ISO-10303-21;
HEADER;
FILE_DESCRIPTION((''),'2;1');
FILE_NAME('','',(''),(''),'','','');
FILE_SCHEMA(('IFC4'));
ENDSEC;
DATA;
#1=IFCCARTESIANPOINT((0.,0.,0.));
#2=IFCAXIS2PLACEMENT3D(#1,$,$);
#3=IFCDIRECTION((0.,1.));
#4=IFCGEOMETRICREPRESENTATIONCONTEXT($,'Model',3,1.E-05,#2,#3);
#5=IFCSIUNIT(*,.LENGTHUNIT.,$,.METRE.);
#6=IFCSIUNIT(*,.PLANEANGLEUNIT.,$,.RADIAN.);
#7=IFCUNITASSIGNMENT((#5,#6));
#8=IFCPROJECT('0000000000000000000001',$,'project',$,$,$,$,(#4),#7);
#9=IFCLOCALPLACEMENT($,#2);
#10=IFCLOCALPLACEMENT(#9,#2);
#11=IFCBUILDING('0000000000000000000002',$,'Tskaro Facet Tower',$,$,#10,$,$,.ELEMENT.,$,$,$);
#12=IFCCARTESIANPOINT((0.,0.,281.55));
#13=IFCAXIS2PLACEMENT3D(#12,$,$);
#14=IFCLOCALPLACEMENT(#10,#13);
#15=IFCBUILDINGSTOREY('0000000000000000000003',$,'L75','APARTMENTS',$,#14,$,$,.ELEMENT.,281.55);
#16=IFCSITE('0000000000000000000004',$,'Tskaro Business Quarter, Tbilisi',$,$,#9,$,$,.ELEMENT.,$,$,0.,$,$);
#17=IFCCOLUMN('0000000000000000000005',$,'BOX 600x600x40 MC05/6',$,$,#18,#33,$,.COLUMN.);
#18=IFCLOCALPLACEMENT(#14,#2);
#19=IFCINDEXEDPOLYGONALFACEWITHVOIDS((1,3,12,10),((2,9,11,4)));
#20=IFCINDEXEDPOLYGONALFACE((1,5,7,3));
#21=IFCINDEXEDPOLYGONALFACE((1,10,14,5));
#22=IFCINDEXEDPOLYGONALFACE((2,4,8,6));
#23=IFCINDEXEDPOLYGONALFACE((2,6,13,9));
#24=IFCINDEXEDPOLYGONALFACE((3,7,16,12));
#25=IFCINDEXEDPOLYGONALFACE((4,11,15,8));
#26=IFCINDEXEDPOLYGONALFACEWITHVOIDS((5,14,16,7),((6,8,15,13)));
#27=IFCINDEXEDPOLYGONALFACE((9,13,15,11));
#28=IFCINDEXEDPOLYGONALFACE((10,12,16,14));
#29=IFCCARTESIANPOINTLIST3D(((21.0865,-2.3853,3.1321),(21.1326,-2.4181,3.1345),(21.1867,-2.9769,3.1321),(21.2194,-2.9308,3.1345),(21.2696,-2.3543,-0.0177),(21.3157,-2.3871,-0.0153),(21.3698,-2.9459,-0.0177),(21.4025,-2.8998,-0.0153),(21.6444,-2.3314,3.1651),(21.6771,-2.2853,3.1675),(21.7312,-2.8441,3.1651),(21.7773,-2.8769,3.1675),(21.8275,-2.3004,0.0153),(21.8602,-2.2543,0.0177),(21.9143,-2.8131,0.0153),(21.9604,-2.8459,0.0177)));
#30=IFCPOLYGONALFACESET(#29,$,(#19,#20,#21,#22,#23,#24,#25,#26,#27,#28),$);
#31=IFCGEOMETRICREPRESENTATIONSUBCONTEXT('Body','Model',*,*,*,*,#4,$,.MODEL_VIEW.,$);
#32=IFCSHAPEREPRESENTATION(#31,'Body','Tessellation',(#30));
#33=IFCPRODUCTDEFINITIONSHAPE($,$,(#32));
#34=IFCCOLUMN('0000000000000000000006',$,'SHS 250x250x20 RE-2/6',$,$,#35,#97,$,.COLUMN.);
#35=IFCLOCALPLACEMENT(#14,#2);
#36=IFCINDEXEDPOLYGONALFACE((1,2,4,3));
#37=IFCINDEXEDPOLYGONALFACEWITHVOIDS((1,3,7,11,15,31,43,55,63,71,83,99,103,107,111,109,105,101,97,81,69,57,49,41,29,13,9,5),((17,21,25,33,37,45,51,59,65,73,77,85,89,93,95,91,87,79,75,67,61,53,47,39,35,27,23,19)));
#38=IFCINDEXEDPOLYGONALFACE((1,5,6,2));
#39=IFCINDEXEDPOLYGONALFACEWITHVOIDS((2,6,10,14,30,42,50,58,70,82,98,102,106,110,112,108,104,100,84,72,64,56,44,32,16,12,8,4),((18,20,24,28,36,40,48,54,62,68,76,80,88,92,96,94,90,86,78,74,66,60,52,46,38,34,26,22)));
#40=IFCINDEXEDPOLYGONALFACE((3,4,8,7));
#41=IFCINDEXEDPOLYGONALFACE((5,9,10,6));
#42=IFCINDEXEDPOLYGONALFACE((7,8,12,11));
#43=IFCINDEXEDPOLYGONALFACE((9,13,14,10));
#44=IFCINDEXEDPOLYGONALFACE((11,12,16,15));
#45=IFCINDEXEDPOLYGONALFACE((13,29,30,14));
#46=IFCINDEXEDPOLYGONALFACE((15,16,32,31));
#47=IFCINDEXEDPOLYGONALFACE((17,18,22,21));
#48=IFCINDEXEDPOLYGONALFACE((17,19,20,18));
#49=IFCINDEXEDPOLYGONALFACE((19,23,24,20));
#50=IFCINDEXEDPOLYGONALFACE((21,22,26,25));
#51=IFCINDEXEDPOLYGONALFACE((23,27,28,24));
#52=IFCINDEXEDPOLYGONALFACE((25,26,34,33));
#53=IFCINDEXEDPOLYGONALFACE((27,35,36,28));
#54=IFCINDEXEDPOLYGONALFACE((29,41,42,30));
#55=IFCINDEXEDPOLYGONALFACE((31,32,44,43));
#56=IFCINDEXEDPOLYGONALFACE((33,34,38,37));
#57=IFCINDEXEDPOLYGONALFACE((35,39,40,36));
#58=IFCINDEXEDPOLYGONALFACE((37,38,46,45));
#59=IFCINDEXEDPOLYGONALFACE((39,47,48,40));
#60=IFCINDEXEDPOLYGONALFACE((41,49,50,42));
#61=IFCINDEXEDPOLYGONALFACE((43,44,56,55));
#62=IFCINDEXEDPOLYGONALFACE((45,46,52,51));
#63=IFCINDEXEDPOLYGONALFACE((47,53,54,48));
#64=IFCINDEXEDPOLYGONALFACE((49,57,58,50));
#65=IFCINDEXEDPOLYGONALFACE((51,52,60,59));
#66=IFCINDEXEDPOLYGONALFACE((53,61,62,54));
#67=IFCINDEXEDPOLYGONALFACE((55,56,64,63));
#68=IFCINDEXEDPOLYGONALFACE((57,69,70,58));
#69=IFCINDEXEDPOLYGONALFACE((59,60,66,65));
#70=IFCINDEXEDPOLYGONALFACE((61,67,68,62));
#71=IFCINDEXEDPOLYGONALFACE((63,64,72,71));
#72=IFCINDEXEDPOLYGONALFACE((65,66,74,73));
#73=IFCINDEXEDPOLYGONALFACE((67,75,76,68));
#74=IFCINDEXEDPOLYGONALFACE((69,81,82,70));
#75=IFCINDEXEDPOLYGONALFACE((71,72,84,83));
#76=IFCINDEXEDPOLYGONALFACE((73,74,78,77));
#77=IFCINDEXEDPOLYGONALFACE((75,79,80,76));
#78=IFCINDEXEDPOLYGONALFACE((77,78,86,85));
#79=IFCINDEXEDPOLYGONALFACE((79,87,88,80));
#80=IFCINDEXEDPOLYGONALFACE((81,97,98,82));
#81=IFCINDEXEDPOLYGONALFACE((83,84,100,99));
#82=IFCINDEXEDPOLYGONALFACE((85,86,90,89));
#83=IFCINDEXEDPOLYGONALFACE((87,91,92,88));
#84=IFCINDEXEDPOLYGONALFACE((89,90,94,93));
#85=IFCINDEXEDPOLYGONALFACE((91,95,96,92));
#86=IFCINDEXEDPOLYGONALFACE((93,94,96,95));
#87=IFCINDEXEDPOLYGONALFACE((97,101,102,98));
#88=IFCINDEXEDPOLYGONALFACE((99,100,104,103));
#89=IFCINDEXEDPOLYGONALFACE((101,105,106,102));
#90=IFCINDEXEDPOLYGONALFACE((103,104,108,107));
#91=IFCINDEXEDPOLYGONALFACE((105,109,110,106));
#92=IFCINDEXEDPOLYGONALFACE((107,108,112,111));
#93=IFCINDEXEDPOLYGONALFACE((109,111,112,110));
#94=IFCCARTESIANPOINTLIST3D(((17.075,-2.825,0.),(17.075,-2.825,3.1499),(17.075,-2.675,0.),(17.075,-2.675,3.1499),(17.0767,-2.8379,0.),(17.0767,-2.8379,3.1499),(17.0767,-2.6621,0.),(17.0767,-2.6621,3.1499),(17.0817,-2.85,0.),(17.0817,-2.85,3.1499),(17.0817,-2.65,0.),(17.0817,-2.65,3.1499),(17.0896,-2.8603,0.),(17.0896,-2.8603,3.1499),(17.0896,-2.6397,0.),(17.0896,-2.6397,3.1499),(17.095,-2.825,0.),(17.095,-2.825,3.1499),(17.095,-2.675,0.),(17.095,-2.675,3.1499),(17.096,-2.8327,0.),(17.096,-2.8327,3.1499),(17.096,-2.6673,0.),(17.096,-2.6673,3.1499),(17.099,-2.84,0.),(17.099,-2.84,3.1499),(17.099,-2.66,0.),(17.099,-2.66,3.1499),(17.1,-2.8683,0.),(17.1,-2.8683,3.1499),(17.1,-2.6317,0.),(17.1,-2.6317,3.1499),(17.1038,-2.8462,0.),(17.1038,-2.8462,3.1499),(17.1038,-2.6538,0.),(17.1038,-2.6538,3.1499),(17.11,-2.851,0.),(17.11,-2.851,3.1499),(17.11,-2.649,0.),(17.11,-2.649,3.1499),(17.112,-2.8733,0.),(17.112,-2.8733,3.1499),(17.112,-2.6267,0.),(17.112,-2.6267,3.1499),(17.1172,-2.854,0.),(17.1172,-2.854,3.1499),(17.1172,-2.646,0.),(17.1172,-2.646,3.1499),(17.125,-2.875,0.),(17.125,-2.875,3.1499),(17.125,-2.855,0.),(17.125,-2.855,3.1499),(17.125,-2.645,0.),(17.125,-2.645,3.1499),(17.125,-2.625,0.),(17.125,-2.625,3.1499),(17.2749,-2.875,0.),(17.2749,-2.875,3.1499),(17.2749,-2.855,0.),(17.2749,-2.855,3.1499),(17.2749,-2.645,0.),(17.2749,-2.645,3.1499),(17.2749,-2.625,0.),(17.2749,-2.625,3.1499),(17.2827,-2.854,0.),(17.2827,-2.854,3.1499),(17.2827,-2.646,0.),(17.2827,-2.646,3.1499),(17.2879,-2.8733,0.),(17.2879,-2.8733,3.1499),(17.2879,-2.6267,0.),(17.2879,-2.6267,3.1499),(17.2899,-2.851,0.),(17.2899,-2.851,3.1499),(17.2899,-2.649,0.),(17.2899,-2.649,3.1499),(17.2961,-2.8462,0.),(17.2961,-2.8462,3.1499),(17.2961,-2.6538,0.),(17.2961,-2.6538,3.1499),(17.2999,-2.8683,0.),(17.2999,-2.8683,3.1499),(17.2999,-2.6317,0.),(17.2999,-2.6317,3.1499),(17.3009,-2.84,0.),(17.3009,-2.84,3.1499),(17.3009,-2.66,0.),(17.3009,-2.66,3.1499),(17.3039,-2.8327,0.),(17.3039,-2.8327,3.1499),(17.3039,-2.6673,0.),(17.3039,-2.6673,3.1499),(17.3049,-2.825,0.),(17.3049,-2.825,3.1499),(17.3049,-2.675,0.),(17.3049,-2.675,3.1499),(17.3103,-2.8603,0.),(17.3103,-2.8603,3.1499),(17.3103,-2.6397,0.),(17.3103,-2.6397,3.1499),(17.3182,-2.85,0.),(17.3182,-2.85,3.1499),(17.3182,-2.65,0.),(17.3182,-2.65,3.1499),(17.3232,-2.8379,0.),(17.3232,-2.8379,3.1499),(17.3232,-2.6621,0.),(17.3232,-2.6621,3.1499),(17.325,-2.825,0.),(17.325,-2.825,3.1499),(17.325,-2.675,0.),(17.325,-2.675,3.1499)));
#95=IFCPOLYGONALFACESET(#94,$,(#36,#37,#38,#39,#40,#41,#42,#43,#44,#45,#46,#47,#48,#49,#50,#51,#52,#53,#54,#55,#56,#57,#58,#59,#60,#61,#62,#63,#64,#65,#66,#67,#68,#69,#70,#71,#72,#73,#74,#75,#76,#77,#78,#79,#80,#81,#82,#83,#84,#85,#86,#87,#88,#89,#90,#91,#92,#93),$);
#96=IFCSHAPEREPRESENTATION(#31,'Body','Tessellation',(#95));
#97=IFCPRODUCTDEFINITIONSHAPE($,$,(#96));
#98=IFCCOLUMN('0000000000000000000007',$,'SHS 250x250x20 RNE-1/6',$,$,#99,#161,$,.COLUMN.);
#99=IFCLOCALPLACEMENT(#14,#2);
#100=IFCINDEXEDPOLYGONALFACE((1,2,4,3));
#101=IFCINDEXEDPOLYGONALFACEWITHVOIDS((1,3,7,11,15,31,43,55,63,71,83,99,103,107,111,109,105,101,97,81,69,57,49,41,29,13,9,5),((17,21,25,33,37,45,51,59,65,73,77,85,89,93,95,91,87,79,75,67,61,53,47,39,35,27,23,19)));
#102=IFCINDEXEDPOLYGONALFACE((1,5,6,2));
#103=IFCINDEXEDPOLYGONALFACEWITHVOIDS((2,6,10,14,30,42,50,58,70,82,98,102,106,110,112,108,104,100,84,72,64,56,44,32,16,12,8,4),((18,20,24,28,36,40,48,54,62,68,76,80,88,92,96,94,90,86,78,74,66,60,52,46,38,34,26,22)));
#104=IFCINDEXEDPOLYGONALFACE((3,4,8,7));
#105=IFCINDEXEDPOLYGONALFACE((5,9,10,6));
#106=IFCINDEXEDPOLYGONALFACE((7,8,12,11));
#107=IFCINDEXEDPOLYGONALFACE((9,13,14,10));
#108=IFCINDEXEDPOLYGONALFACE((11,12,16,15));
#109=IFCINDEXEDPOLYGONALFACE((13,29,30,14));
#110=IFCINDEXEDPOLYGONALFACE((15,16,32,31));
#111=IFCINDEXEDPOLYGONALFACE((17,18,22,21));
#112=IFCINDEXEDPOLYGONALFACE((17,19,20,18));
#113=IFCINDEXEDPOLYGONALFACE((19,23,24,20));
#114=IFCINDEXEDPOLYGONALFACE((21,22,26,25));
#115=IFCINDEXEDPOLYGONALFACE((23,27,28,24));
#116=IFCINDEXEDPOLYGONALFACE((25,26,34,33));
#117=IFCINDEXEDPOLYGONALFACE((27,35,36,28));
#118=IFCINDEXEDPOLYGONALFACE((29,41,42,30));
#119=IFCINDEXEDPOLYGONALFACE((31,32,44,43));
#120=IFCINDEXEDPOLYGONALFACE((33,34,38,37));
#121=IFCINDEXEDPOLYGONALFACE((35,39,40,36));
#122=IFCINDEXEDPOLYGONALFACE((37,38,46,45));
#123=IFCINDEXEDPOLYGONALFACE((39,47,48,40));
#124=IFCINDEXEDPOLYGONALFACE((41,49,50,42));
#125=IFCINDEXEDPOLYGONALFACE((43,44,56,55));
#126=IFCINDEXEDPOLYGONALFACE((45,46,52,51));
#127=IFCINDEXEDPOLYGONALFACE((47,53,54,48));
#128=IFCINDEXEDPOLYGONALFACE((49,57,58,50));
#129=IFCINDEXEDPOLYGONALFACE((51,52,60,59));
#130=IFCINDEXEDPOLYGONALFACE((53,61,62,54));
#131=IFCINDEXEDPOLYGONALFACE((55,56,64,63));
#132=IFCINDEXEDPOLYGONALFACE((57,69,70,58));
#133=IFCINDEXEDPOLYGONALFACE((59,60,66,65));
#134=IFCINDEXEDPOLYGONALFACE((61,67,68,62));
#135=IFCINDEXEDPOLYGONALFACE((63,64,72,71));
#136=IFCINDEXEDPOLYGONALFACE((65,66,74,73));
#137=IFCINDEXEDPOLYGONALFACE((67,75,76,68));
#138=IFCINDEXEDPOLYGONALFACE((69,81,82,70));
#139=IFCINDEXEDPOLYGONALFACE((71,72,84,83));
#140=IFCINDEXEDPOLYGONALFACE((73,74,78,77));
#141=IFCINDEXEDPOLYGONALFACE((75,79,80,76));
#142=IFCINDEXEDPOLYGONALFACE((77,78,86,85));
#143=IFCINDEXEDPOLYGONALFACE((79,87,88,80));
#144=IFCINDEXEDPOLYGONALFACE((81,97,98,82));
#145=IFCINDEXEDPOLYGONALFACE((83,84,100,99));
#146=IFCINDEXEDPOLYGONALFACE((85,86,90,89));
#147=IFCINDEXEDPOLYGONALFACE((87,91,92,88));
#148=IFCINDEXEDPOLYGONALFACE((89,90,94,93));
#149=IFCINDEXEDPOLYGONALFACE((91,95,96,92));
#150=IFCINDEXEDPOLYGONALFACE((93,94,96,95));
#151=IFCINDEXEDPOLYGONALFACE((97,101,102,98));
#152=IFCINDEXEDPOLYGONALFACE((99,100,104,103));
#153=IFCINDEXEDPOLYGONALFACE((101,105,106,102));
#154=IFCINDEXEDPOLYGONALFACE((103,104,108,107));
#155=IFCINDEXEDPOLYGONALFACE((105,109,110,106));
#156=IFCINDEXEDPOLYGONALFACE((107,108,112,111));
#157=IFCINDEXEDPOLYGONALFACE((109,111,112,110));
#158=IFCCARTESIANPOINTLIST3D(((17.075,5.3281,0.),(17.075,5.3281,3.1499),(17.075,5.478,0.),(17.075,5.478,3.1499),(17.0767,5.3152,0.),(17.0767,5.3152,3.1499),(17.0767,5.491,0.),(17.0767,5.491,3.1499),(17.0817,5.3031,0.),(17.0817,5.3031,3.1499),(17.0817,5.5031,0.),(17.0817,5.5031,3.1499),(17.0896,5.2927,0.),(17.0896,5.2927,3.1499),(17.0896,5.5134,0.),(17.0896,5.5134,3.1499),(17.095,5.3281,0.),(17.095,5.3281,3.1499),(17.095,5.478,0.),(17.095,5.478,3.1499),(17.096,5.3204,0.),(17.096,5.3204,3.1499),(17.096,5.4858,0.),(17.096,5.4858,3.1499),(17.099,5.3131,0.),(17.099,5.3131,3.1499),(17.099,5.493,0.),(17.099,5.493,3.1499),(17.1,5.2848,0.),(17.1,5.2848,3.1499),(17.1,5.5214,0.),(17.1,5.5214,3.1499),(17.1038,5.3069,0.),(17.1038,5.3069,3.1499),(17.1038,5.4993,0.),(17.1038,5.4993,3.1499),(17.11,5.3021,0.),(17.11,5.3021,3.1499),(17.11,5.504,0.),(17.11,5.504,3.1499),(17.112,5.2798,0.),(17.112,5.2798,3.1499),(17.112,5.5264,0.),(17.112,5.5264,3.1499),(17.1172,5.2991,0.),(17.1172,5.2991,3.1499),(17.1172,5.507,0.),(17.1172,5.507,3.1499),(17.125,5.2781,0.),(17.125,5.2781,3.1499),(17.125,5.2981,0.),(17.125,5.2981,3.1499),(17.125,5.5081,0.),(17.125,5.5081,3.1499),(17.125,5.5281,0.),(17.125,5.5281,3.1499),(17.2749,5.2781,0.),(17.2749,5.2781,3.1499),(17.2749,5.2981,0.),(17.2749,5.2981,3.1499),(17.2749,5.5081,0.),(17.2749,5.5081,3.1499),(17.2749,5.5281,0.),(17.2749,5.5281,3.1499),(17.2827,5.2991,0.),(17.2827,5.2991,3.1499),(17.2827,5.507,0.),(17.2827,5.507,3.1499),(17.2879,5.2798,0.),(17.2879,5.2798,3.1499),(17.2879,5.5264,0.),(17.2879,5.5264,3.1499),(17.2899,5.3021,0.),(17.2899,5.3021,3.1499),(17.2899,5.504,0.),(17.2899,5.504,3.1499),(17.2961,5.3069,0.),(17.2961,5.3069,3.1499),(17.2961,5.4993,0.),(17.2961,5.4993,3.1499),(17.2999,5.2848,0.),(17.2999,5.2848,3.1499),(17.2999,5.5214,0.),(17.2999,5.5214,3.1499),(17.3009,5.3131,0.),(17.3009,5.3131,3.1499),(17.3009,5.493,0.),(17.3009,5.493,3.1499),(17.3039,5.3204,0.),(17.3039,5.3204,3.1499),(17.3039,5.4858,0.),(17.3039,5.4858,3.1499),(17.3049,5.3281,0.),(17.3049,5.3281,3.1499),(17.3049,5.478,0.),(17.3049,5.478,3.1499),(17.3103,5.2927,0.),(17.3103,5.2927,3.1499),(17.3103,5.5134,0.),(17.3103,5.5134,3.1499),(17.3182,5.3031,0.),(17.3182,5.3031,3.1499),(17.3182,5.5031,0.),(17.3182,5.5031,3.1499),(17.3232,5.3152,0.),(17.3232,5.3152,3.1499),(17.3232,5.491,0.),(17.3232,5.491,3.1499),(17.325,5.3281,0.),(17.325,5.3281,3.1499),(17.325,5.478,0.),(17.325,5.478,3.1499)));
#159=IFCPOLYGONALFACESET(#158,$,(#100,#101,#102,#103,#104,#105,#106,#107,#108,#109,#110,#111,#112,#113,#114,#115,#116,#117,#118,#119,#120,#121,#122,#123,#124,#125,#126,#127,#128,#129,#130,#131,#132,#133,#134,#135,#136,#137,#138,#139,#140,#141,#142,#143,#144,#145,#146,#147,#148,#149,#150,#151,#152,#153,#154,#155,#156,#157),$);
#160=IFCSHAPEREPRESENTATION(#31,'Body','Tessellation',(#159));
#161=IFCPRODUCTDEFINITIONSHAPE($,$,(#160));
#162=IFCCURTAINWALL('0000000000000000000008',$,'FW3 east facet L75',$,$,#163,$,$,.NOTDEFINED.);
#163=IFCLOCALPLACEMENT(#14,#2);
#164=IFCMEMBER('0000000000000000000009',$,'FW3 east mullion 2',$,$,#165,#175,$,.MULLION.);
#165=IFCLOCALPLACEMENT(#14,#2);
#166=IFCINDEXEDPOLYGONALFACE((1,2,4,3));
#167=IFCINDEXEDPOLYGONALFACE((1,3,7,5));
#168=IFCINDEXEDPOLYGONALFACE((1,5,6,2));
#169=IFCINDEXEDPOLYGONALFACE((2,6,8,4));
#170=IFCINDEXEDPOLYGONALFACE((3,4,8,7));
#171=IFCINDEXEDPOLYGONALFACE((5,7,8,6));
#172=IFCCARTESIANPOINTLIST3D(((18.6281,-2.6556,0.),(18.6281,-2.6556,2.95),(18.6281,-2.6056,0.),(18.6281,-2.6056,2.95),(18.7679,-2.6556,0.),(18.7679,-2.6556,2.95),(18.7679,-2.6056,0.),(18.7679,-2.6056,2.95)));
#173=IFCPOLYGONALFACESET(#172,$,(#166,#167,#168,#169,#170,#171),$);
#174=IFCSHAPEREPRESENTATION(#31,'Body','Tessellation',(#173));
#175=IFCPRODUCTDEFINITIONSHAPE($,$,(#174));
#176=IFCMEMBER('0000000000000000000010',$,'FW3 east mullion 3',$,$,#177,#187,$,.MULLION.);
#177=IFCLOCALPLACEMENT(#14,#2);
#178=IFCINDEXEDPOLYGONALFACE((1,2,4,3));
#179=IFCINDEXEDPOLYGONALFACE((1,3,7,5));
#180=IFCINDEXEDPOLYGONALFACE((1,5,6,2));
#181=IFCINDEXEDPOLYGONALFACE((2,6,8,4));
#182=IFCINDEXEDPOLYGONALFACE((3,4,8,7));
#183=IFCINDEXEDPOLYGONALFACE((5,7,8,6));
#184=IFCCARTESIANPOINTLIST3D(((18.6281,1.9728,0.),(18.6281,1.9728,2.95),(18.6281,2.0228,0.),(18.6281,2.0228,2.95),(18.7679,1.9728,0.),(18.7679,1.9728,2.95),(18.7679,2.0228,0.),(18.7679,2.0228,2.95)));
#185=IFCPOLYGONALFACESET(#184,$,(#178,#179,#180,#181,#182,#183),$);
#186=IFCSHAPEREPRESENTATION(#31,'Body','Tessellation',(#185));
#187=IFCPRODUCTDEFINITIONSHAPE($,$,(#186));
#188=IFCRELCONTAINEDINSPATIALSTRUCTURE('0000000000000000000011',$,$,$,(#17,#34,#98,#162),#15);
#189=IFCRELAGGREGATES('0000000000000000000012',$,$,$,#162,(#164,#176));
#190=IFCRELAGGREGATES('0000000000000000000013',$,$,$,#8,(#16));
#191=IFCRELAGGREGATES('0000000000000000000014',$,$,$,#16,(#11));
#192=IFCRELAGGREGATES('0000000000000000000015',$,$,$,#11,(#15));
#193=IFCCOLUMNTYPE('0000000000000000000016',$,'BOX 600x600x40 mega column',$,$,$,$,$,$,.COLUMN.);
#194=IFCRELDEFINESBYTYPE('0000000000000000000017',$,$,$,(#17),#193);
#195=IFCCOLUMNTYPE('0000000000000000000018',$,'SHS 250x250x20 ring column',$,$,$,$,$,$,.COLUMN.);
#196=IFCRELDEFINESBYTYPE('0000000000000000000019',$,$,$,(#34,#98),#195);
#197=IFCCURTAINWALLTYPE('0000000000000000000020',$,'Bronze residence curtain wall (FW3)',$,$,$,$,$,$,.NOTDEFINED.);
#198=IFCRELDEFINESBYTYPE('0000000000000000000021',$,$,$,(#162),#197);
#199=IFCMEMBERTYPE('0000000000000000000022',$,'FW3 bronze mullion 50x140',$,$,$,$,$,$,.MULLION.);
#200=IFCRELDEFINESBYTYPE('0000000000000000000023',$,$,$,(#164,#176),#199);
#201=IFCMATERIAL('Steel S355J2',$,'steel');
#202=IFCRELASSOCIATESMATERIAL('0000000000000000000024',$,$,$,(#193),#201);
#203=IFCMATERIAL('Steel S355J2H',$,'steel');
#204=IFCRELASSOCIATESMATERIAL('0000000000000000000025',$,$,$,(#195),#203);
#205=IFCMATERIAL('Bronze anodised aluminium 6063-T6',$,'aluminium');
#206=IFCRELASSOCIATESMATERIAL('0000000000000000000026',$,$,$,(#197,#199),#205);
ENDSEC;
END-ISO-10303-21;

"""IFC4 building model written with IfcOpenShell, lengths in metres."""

from ifc_helpers import new_model, si_unit, direction, frame, origin, origin_2d, place, context, subcontext, project, spatial, rectangle, hollow_rectangle, extrude, material, material_profile, profile_set, type_object, element, aggregate, save


model = new_model("IFC4")

# Units and contexts
model_context = context("Model", 3, precision=1e-05, world=origin(), true_north=direction((0.0, 1.0)))
body_context = subcontext(model_context, "Body", "Model", "MODEL_VIEW")
ifc_project = project(units=[si_unit("LENGTHUNIT", "METRE"), si_unit("PLANEANGLEUNIT", "RADIAN")], contexts=[model_context])

# Site, building, storey
site_placement = place(None, origin())
site = spatial("IfcSite", under=ifc_project, at=site_placement, Name="Tskaro Business Quarter, Tbilisi", CompositionType="ELEMENT", RefElevation=0.0)
building_placement = place(site_placement, origin())
building = spatial("IfcBuilding", under=site, at=building_placement, Name="Tskaro Facet Tower", CompositionType="ELEMENT")
storey_placement = place(building_placement, frame((0.0, 0.0, 281.55)))
storey = spatial("IfcBuildingStorey", under=building, at=storey_placement, Name="L75", Description="APARTMENTS", CompositionType="ELEMENT", Elevation=281.55)

# Columns
ifc_material_1 = material(Name="Steel S355J2", Category="steel")
ifc_material_profile_1 = material_profile(ifc_material_1, hollow_rectangle(XDim=0.6001, YDim=0.6001, WallThickness=0.04, at=origin_2d()), Name="BOX 600x600x40")
ifc_profile_set_1 = profile_set([ifc_material_profile_1], Name="Steel S355J2")
column_type_1 = type_object("IfcColumnType", Name="BOX 600x600x40 mega column", PredefinedType="COLUMN", material=ifc_profile_set_1)
column_placement = place(storey_placement, frame((21.615, -2.6001, 0.0), z_axis=(-0.05803, -0.009826, 0.998266), x_axis=(0.166957, -0.985964, 0.0)))
element("IfcColumn", 1, at=column_placement, inside=storey, type_object=column_type_1, Name="BOX 600x600x40 MC05/6", PredefinedType="COLUMN", context=body_context, shape_type="SweptSolid", body=[
    extrude(hollow_rectangle(XDim=0.6001, YDim=0.6001, WallThickness=0.04, at=origin_2d()), origin(), (0.0, 0.0, 1.0), 3.1553),
])
ifc_material_2 = material(Name="Steel S355J2H", Category="steel")
ifc_material_profile_2 = material_profile(ifc_material_2, hollow_rectangle(XDim=0.25, YDim=0.25, WallThickness=0.02, InnerFilletRadius=0.03, OuterFilletRadius=0.05, at=origin_2d()), Name="SHS 250x250x20")
ifc_profile_set_2 = profile_set([ifc_material_profile_2], Name="Steel S355J2H")
column_type_2 = type_object("IfcColumnType", Name="SHS 250x250x20 ring column", PredefinedType="COLUMN", material=ifc_profile_set_2)
for number, where, z_axis, x_axis, name in (
    (2, (17.2, -2.75, 0.0), (0.0, 0.0, 1.0), (1.0, 0.0, 0.0), "SHS 250x250x20 RE-2/6"),
    (3, (17.2, 5.4031, 0.0), (0.0, 0.0, 1.0), (1.0, 0.0, 0.0), "SHS 250x250x20 RNE-1/6"),
):
    element("IfcColumn", number, at=place(storey_placement, frame(where, z_axis=z_axis, x_axis=x_axis)), inside=storey, type_object=column_type_2, Name=name, PredefinedType="COLUMN", context=body_context, shape_type="SweptSolid", body=[
        extrude(hollow_rectangle(XDim=0.25, YDim=0.25, WallThickness=0.02, InnerFilletRadius=0.03, OuterFilletRadius=0.05, at=origin_2d()), origin(), (0.0, 0.0, 1.0), 3.1499),
    ])

# Curtain wall, members
ifc_material_3 = material(Name="Bronze anodised aluminium 6063-T6", Category="aluminium")
curtain_wall_type = type_object("IfcCurtainWallType", Name="Bronze residence curtain wall (FW3)", PredefinedType="NOTDEFINED", material=ifc_material_3)
curtain_wall_placement = place(storey_placement, origin())
curtain_wall = element("IfcCurtainWall", 4, at=curtain_wall_placement, inside=storey, type_object=curtain_wall_type, Name="FW3 east facet L75", PredefinedType="NOTDEFINED")
ifc_material_profile_3 = material_profile(ifc_material_3, rectangle(XDim=0.05, YDim=0.1399, at=origin_2d()), Name="Mullion 50x140")
ifc_profile_set_3 = profile_set([ifc_material_profile_3], Name="Bronze anodised aluminium 6063-T6")
member_type_1 = type_object("IfcMemberType", Name="FW3 bronze mullion 50x140", PredefinedType="MULLION", material=ifc_profile_set_3)
member_1_placement = place(storey_placement, frame((18.698, -2.6306, 0.0), z_axis=(0.0, 0.0, 1.0), x_axis=(0.0, 1.0, 0.0)))
member_1 = element("IfcMember", 5, at=member_1_placement, type_object=member_type_1, Name="FW3 east mullion 2", PredefinedType="MULLION", context=body_context, shape_type="SweptSolid", body=[
    extrude(rectangle(XDim=0.05, YDim=0.1399, at=origin_2d()), origin(), (0.0, 0.0, 1.0), 2.95),
])
member_2_placement = place(storey_placement, frame((18.698, 1.9978, 0.0), z_axis=(0.0, 0.0, 1.0), x_axis=(0.0, 1.0, 0.0)))
member_2 = element("IfcMember", 6, at=member_2_placement, type_object=member_type_1, Name="FW3 east mullion 3", PredefinedType="MULLION", context=body_context, shape_type="SweptSolid", body=[
    extrude(rectangle(XDim=0.05, YDim=0.1399, at=origin_2d()), origin(), (0.0, 0.0, 1.0), 2.95),
])

aggregate(curtain_wall, [member_1, member_2])

save(model, "model.ifc")
